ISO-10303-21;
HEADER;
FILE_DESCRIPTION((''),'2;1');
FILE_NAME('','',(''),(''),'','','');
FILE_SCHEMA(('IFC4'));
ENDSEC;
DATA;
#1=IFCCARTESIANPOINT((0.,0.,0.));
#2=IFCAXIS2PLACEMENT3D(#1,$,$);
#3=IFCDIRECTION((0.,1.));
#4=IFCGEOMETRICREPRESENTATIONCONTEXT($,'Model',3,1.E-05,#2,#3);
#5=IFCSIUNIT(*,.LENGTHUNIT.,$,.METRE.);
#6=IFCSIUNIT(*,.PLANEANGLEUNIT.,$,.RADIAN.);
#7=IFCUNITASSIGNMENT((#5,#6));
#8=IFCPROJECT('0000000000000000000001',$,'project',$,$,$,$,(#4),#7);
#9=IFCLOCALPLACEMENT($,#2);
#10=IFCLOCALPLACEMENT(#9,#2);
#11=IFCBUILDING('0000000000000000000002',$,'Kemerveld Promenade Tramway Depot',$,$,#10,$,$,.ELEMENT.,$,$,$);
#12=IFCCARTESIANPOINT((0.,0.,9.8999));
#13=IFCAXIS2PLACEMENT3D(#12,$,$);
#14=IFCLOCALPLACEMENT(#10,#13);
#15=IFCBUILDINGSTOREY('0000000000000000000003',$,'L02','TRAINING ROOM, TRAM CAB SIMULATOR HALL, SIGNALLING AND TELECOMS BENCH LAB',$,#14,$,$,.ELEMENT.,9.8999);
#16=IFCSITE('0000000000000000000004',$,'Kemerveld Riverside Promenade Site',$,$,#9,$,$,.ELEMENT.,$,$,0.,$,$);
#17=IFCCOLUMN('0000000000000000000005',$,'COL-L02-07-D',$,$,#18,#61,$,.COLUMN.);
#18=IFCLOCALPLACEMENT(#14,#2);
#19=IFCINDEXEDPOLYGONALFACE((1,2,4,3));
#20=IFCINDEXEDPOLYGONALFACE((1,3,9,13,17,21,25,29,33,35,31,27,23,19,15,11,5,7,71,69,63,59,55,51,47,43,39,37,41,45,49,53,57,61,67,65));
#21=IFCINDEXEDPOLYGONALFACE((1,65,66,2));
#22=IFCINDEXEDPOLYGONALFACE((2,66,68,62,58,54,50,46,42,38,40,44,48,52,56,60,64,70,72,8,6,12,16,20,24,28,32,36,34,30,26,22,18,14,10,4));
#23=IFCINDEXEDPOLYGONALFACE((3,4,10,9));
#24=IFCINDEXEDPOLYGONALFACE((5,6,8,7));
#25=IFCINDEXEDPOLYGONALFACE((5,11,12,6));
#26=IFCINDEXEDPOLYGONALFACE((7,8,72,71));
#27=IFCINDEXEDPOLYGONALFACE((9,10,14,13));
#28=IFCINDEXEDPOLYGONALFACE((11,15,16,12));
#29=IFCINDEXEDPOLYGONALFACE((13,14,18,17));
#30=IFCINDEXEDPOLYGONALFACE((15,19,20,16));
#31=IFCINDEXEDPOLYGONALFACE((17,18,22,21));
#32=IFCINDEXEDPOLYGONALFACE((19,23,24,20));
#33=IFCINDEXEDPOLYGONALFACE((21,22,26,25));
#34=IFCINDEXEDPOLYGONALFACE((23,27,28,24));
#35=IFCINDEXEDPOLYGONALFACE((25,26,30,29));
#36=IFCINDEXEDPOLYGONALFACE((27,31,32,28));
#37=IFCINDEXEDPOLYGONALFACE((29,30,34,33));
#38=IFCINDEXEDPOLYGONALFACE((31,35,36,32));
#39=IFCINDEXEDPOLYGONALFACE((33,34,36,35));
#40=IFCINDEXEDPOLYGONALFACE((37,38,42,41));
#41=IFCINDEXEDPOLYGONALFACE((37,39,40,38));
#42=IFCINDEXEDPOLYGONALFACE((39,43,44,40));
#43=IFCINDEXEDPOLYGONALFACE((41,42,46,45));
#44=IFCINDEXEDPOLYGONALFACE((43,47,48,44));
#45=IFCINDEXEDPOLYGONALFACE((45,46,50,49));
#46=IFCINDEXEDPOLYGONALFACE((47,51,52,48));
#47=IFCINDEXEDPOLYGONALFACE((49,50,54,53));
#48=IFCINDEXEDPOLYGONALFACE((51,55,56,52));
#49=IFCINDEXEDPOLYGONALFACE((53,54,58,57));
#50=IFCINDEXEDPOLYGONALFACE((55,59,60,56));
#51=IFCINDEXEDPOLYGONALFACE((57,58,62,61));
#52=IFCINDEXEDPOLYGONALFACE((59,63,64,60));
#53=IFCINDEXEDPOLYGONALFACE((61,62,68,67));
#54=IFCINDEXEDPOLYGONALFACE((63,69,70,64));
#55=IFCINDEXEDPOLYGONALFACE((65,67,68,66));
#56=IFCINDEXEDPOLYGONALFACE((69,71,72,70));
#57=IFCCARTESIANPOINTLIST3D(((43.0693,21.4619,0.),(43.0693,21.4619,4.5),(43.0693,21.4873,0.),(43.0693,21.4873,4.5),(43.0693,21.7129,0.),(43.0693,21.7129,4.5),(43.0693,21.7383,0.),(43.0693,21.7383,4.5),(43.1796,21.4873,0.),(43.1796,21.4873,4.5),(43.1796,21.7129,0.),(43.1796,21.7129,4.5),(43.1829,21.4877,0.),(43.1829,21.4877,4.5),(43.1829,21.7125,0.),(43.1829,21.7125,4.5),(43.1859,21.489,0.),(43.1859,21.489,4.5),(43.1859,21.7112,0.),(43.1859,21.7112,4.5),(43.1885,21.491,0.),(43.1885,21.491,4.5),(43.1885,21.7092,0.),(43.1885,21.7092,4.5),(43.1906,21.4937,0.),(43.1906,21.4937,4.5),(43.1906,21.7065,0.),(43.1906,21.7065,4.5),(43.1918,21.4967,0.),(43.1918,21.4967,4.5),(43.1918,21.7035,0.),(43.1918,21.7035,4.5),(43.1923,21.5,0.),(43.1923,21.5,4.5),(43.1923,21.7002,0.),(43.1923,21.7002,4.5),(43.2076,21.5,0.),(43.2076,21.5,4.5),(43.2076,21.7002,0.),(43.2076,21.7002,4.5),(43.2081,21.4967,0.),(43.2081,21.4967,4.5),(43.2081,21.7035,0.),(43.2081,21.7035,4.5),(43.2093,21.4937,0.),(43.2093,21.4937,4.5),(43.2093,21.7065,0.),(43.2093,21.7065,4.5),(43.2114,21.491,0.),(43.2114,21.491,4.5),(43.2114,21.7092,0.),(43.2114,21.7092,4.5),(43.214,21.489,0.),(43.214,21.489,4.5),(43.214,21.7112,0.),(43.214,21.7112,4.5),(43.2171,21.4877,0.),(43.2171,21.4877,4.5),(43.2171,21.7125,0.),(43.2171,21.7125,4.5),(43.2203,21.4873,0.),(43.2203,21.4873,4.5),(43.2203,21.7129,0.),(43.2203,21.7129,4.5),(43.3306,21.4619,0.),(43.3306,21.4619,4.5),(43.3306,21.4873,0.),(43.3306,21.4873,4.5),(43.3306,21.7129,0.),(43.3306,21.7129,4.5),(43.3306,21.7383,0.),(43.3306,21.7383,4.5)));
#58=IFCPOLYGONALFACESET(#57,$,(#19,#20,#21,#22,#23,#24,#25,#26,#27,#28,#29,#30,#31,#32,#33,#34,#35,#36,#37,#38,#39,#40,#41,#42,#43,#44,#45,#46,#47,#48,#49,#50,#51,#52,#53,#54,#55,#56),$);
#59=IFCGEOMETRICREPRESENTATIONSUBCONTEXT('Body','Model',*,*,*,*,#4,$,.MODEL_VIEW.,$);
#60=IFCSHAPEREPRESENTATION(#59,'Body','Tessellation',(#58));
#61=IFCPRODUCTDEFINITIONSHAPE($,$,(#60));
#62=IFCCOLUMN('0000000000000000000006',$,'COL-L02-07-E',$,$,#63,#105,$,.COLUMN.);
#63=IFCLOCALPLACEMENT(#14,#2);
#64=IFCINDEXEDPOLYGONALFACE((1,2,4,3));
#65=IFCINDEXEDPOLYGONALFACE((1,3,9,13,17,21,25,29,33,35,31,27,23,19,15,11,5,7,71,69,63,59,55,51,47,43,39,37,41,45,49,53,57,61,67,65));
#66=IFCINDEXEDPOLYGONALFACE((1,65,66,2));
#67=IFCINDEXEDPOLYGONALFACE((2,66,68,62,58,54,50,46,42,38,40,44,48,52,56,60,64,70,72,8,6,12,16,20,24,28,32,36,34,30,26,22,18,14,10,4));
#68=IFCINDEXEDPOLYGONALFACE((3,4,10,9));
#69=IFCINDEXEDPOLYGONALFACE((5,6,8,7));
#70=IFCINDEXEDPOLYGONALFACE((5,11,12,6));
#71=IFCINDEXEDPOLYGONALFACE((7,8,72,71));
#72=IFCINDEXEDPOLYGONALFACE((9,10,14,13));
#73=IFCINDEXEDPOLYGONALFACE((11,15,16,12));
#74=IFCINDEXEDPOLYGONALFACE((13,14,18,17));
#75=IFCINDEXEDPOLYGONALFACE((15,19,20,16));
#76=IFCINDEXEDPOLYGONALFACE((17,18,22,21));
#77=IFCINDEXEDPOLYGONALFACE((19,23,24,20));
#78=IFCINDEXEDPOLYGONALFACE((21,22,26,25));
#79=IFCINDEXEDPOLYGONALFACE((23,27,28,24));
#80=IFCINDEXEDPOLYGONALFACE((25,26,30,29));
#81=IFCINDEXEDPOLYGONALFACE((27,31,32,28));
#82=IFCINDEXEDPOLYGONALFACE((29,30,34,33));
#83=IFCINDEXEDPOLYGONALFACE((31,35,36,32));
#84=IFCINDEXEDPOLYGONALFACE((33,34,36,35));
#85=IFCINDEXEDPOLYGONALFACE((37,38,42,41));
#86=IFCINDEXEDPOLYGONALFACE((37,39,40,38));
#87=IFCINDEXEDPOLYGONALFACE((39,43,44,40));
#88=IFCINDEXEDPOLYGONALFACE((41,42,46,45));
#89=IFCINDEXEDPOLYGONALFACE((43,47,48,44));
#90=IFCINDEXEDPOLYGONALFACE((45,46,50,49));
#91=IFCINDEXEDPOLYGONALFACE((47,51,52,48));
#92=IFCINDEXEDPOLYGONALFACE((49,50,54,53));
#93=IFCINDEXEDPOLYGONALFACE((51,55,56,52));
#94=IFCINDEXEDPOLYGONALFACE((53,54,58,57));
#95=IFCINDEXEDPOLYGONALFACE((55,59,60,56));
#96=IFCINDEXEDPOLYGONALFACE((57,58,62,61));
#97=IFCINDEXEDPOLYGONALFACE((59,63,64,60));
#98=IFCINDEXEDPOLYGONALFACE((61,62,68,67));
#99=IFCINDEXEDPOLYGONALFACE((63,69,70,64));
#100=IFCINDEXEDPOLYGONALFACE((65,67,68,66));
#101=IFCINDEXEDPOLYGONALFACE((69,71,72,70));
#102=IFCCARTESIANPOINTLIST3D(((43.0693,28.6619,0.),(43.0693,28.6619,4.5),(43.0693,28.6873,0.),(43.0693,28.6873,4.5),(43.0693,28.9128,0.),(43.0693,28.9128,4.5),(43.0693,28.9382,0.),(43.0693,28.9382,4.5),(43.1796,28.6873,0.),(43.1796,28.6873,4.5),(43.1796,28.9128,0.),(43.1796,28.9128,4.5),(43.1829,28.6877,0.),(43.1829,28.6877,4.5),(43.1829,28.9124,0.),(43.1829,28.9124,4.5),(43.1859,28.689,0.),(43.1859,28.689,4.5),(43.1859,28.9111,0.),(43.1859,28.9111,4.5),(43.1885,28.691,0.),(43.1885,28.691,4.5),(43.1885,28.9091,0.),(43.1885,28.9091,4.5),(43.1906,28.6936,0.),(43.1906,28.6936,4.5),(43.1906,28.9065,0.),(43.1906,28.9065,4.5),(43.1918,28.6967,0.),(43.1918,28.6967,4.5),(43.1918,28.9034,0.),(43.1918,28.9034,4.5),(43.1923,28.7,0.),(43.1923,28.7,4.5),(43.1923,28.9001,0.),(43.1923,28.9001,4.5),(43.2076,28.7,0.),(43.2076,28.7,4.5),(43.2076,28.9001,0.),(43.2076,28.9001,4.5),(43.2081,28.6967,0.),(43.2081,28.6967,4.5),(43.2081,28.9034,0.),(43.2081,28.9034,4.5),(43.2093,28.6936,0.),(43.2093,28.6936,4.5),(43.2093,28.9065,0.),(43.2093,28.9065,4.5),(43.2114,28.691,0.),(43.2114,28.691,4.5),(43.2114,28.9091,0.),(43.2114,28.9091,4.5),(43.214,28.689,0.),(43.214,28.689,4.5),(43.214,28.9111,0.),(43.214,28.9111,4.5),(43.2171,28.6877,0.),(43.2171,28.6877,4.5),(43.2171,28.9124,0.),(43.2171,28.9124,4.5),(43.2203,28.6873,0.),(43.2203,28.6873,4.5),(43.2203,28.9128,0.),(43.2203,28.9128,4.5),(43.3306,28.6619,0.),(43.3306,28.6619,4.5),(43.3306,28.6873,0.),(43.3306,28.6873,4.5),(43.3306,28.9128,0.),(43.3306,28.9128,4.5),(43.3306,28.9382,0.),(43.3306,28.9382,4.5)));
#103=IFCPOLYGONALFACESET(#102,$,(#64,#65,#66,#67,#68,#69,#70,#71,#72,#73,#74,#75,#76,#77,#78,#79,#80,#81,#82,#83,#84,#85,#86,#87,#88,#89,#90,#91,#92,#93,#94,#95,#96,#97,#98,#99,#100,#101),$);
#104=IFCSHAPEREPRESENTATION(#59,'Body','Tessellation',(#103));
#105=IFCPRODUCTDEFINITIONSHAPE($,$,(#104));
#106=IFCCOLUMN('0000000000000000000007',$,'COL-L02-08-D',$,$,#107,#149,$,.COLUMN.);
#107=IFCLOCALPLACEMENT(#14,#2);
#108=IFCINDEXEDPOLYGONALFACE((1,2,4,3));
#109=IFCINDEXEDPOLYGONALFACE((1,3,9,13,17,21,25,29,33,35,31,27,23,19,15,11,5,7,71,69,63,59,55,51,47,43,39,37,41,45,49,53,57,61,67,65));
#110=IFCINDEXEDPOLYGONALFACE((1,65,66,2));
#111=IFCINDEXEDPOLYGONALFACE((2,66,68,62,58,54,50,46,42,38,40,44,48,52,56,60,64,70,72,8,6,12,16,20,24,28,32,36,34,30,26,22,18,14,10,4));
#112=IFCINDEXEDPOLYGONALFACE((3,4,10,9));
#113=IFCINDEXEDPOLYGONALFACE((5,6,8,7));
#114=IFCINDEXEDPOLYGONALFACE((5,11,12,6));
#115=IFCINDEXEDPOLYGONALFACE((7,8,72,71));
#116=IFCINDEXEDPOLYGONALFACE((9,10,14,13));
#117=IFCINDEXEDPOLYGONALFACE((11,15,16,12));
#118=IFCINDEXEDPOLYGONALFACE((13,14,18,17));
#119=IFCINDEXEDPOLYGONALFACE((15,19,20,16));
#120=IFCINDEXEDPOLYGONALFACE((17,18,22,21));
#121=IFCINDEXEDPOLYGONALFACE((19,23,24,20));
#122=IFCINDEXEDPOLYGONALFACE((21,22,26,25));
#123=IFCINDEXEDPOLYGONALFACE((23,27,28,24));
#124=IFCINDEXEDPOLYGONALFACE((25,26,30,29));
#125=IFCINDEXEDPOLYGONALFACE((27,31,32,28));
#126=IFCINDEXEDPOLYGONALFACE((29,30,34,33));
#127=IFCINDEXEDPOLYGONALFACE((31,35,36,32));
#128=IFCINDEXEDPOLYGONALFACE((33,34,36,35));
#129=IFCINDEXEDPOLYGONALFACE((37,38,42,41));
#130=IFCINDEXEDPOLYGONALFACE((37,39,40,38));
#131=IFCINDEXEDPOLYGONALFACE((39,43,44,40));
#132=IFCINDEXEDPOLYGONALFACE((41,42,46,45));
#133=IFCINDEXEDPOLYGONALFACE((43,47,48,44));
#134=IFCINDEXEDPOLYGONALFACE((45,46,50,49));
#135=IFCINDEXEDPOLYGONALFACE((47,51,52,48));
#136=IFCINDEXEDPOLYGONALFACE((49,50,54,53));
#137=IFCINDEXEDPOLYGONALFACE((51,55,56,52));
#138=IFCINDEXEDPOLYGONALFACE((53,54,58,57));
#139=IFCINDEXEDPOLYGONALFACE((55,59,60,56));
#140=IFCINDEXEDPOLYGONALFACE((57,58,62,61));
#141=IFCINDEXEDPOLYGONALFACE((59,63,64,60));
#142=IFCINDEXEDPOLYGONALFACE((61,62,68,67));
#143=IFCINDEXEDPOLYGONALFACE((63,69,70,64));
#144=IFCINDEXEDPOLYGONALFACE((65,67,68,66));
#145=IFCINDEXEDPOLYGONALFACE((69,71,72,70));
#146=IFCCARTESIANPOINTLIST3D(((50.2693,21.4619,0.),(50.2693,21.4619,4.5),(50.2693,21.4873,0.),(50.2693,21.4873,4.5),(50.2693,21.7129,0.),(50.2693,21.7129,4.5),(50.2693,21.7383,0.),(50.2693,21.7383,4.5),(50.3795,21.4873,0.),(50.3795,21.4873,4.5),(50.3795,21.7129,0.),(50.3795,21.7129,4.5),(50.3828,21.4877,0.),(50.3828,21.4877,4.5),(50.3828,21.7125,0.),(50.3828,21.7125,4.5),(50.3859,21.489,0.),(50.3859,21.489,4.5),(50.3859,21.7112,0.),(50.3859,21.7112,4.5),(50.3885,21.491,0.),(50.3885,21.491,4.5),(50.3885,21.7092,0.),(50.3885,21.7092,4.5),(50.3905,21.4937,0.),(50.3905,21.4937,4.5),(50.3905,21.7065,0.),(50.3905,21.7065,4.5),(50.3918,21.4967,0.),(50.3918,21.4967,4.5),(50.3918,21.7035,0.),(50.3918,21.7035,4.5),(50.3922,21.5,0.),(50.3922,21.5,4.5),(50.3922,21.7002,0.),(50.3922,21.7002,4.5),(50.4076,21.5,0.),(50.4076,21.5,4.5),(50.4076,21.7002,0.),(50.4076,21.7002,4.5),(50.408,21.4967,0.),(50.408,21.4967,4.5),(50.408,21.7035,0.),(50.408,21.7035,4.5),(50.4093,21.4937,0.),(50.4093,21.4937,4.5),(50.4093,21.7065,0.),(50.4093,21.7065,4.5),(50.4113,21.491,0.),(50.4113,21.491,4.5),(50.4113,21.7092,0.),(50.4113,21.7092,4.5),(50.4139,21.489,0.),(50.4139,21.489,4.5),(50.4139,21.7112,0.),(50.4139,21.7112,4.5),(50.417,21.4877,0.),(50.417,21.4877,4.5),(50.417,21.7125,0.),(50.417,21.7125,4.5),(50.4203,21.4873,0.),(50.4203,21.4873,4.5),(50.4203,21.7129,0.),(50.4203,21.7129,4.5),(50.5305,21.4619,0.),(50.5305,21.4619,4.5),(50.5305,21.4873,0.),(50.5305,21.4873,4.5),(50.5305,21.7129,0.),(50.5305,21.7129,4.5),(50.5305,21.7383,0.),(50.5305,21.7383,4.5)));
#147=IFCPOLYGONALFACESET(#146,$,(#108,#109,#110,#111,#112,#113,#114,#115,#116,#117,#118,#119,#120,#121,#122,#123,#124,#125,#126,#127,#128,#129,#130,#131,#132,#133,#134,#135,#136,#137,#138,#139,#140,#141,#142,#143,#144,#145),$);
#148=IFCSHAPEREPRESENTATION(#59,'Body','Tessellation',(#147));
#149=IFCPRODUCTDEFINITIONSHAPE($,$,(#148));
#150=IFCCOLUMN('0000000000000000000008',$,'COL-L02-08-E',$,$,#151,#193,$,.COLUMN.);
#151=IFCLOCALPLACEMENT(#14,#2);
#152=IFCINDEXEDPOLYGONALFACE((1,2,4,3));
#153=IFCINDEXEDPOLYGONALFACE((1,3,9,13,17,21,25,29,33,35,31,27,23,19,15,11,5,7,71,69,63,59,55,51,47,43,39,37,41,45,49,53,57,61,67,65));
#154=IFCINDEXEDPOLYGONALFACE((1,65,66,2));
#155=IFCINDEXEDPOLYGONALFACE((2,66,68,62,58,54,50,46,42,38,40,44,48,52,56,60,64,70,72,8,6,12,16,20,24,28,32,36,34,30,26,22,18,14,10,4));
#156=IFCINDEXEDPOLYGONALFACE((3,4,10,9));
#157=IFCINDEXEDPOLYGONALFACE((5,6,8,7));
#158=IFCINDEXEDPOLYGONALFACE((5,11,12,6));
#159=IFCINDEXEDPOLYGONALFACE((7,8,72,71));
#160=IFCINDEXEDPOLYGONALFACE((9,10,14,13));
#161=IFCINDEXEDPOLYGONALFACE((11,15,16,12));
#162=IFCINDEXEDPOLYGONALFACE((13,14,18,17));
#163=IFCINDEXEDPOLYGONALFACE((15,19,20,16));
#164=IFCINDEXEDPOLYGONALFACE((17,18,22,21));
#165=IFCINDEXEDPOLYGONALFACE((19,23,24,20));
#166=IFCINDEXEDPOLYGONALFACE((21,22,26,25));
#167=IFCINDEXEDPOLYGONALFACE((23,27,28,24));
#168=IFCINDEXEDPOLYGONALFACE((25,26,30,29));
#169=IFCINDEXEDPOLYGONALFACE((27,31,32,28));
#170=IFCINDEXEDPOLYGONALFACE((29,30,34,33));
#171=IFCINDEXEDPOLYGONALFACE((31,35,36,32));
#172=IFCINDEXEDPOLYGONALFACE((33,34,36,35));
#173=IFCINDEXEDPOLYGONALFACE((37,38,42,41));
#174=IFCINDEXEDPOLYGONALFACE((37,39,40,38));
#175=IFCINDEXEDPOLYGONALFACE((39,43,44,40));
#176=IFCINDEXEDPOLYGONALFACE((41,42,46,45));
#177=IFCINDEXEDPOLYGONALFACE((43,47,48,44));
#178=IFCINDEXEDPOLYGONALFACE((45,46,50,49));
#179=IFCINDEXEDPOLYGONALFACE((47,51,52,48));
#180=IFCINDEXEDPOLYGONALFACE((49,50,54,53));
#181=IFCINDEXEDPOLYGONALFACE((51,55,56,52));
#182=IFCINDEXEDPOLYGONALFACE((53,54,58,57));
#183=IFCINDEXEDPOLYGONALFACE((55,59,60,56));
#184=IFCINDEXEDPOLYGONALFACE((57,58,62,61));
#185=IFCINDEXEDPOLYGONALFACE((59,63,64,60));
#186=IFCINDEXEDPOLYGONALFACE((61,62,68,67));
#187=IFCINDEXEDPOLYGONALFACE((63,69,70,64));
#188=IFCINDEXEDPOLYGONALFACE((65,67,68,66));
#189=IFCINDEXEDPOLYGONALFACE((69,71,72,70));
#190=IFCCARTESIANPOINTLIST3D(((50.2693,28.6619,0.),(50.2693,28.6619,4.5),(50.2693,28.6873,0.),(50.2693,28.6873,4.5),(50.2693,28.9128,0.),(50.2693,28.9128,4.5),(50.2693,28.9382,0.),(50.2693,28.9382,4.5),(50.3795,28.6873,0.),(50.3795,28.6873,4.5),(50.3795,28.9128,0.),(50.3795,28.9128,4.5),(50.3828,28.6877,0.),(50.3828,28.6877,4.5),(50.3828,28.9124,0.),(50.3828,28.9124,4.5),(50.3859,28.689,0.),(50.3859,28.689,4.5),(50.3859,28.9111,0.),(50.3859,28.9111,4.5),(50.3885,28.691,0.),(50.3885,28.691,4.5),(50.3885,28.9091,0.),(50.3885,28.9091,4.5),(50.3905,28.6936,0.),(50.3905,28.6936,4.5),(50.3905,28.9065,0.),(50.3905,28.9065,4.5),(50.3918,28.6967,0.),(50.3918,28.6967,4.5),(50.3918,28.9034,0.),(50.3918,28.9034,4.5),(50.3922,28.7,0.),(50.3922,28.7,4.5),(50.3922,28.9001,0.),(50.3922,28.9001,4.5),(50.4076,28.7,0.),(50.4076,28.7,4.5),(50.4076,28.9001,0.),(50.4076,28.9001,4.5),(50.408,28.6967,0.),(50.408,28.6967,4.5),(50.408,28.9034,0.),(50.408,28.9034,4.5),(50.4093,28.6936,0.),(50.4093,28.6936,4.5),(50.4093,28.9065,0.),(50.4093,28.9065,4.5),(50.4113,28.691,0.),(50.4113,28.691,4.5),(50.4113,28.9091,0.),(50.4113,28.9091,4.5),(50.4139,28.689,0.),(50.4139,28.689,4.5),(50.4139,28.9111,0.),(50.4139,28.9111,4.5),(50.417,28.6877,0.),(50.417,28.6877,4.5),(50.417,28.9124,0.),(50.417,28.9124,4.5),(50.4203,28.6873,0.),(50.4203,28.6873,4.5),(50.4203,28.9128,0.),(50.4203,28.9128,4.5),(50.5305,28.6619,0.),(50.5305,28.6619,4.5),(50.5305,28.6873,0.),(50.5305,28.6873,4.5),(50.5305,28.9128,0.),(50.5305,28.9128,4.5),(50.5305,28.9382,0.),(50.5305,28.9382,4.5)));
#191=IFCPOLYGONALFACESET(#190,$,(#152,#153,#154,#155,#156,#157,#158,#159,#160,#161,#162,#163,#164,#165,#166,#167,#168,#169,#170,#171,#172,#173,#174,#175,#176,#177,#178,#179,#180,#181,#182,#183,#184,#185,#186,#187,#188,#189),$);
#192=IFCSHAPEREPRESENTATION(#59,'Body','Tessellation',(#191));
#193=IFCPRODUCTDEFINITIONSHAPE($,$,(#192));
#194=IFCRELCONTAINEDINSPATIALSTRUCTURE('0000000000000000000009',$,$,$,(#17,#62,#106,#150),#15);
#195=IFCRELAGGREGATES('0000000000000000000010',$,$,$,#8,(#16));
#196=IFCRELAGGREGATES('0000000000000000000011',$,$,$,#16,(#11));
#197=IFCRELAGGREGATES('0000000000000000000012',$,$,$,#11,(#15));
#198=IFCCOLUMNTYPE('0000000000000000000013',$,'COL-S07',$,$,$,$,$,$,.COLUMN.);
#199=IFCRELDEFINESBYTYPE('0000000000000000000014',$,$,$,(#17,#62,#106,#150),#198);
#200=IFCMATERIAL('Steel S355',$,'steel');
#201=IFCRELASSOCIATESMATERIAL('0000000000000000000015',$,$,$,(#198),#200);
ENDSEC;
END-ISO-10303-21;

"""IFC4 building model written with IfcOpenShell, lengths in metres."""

from ifc_helpers import new_model, si_unit, direction, frame, origin, origin_2d, place, context, subcontext, project, spatial, i_section, extrude, material, material_profile, profile_set, type_object, element, save


model = new_model("IFC4")

# Units and contexts
model_context = context("Model", 3, precision=1e-05, world=origin(), true_north=direction((0.0, 1.0)))
body_context = subcontext(model_context, "Body", "Model", "MODEL_VIEW")
ifc_project = project(units=[si_unit("LENGTHUNIT", "METRE"), si_unit("PLANEANGLEUNIT", "RADIAN")], contexts=[model_context])

# Site, building, storey
site_placement = place(None, origin())
site = spatial("IfcSite", under=ifc_project, at=site_placement, Name="Kemerveld Riverside Promenade Site", CompositionType="ELEMENT", RefElevation=0.0)
building_placement = place(site_placement, origin())
building = spatial("IfcBuilding", under=site, at=building_placement, Name="Kemerveld Promenade Tramway Depot", CompositionType="ELEMENT")
storey_placement = place(building_placement, frame((0.0, 0.0, 9.8999)))
storey = spatial("IfcBuildingStorey", under=building, at=storey_placement, Name="L02", Description="TRAINING ROOM, TRAM CAB SIMULATOR HALL, SIGNALLING AND TELECOMS BENCH LAB", CompositionType="ELEMENT", Elevation=9.8999)

# Columns
ifc_material_1 = material(Name="Steel S355", Category="steel")
ifc_material_profile_1 = material_profile(ifc_material_1, i_section(OverallWidth=0.2612, OverallDepth=0.2764, WebThickness=0.0154, FlangeThickness=0.0254, FilletRadius=0.0127, at=origin_2d()), Name="254x254x132 UC")
ifc_profile_set_1 = profile_set([ifc_material_profile_1], Name="Steel S355")
column_type = type_object("IfcColumnType", Name="COL-S07", PredefinedType="COLUMN", material=ifc_profile_set_1)
for number, where, z_axis, x_axis, name in (
    (1, (43.2, 21.6001, 0.0), (0.0, 0.0, 1.0), (1.0, 0.0, 0.0), "COL-L02-07-D"),
    (2, (43.2, 28.8, 0.0), (0.0, 0.0, 1.0), (1.0, 0.0, 0.0), "COL-L02-07-E"),
    (3, (50.3999, 21.6001, 0.0), (0.0, 0.0, 1.0), (1.0, 0.0, 0.0), "COL-L02-08-D"),
    (4, (50.3999, 28.8, 0.0), (0.0, 0.0, 1.0), (1.0, 0.0, 0.0), "COL-L02-08-E"),
):
    element("IfcColumn", number, at=place(storey_placement, frame(where, z_axis=z_axis, x_axis=x_axis)), inside=storey, type_object=column_type, Name=name, PredefinedType="COLUMN", context=body_context, shape_type="SweptSolid", body=[
        extrude(i_section(OverallWidth=0.2612, OverallDepth=0.2764, WebThickness=0.0154, FlangeThickness=0.0254, FilletRadius=0.0127, at=origin_2d()), origin(), (0.0, 0.0, 1.0), 4.5),
    ])

save(model, "model.ifc")
